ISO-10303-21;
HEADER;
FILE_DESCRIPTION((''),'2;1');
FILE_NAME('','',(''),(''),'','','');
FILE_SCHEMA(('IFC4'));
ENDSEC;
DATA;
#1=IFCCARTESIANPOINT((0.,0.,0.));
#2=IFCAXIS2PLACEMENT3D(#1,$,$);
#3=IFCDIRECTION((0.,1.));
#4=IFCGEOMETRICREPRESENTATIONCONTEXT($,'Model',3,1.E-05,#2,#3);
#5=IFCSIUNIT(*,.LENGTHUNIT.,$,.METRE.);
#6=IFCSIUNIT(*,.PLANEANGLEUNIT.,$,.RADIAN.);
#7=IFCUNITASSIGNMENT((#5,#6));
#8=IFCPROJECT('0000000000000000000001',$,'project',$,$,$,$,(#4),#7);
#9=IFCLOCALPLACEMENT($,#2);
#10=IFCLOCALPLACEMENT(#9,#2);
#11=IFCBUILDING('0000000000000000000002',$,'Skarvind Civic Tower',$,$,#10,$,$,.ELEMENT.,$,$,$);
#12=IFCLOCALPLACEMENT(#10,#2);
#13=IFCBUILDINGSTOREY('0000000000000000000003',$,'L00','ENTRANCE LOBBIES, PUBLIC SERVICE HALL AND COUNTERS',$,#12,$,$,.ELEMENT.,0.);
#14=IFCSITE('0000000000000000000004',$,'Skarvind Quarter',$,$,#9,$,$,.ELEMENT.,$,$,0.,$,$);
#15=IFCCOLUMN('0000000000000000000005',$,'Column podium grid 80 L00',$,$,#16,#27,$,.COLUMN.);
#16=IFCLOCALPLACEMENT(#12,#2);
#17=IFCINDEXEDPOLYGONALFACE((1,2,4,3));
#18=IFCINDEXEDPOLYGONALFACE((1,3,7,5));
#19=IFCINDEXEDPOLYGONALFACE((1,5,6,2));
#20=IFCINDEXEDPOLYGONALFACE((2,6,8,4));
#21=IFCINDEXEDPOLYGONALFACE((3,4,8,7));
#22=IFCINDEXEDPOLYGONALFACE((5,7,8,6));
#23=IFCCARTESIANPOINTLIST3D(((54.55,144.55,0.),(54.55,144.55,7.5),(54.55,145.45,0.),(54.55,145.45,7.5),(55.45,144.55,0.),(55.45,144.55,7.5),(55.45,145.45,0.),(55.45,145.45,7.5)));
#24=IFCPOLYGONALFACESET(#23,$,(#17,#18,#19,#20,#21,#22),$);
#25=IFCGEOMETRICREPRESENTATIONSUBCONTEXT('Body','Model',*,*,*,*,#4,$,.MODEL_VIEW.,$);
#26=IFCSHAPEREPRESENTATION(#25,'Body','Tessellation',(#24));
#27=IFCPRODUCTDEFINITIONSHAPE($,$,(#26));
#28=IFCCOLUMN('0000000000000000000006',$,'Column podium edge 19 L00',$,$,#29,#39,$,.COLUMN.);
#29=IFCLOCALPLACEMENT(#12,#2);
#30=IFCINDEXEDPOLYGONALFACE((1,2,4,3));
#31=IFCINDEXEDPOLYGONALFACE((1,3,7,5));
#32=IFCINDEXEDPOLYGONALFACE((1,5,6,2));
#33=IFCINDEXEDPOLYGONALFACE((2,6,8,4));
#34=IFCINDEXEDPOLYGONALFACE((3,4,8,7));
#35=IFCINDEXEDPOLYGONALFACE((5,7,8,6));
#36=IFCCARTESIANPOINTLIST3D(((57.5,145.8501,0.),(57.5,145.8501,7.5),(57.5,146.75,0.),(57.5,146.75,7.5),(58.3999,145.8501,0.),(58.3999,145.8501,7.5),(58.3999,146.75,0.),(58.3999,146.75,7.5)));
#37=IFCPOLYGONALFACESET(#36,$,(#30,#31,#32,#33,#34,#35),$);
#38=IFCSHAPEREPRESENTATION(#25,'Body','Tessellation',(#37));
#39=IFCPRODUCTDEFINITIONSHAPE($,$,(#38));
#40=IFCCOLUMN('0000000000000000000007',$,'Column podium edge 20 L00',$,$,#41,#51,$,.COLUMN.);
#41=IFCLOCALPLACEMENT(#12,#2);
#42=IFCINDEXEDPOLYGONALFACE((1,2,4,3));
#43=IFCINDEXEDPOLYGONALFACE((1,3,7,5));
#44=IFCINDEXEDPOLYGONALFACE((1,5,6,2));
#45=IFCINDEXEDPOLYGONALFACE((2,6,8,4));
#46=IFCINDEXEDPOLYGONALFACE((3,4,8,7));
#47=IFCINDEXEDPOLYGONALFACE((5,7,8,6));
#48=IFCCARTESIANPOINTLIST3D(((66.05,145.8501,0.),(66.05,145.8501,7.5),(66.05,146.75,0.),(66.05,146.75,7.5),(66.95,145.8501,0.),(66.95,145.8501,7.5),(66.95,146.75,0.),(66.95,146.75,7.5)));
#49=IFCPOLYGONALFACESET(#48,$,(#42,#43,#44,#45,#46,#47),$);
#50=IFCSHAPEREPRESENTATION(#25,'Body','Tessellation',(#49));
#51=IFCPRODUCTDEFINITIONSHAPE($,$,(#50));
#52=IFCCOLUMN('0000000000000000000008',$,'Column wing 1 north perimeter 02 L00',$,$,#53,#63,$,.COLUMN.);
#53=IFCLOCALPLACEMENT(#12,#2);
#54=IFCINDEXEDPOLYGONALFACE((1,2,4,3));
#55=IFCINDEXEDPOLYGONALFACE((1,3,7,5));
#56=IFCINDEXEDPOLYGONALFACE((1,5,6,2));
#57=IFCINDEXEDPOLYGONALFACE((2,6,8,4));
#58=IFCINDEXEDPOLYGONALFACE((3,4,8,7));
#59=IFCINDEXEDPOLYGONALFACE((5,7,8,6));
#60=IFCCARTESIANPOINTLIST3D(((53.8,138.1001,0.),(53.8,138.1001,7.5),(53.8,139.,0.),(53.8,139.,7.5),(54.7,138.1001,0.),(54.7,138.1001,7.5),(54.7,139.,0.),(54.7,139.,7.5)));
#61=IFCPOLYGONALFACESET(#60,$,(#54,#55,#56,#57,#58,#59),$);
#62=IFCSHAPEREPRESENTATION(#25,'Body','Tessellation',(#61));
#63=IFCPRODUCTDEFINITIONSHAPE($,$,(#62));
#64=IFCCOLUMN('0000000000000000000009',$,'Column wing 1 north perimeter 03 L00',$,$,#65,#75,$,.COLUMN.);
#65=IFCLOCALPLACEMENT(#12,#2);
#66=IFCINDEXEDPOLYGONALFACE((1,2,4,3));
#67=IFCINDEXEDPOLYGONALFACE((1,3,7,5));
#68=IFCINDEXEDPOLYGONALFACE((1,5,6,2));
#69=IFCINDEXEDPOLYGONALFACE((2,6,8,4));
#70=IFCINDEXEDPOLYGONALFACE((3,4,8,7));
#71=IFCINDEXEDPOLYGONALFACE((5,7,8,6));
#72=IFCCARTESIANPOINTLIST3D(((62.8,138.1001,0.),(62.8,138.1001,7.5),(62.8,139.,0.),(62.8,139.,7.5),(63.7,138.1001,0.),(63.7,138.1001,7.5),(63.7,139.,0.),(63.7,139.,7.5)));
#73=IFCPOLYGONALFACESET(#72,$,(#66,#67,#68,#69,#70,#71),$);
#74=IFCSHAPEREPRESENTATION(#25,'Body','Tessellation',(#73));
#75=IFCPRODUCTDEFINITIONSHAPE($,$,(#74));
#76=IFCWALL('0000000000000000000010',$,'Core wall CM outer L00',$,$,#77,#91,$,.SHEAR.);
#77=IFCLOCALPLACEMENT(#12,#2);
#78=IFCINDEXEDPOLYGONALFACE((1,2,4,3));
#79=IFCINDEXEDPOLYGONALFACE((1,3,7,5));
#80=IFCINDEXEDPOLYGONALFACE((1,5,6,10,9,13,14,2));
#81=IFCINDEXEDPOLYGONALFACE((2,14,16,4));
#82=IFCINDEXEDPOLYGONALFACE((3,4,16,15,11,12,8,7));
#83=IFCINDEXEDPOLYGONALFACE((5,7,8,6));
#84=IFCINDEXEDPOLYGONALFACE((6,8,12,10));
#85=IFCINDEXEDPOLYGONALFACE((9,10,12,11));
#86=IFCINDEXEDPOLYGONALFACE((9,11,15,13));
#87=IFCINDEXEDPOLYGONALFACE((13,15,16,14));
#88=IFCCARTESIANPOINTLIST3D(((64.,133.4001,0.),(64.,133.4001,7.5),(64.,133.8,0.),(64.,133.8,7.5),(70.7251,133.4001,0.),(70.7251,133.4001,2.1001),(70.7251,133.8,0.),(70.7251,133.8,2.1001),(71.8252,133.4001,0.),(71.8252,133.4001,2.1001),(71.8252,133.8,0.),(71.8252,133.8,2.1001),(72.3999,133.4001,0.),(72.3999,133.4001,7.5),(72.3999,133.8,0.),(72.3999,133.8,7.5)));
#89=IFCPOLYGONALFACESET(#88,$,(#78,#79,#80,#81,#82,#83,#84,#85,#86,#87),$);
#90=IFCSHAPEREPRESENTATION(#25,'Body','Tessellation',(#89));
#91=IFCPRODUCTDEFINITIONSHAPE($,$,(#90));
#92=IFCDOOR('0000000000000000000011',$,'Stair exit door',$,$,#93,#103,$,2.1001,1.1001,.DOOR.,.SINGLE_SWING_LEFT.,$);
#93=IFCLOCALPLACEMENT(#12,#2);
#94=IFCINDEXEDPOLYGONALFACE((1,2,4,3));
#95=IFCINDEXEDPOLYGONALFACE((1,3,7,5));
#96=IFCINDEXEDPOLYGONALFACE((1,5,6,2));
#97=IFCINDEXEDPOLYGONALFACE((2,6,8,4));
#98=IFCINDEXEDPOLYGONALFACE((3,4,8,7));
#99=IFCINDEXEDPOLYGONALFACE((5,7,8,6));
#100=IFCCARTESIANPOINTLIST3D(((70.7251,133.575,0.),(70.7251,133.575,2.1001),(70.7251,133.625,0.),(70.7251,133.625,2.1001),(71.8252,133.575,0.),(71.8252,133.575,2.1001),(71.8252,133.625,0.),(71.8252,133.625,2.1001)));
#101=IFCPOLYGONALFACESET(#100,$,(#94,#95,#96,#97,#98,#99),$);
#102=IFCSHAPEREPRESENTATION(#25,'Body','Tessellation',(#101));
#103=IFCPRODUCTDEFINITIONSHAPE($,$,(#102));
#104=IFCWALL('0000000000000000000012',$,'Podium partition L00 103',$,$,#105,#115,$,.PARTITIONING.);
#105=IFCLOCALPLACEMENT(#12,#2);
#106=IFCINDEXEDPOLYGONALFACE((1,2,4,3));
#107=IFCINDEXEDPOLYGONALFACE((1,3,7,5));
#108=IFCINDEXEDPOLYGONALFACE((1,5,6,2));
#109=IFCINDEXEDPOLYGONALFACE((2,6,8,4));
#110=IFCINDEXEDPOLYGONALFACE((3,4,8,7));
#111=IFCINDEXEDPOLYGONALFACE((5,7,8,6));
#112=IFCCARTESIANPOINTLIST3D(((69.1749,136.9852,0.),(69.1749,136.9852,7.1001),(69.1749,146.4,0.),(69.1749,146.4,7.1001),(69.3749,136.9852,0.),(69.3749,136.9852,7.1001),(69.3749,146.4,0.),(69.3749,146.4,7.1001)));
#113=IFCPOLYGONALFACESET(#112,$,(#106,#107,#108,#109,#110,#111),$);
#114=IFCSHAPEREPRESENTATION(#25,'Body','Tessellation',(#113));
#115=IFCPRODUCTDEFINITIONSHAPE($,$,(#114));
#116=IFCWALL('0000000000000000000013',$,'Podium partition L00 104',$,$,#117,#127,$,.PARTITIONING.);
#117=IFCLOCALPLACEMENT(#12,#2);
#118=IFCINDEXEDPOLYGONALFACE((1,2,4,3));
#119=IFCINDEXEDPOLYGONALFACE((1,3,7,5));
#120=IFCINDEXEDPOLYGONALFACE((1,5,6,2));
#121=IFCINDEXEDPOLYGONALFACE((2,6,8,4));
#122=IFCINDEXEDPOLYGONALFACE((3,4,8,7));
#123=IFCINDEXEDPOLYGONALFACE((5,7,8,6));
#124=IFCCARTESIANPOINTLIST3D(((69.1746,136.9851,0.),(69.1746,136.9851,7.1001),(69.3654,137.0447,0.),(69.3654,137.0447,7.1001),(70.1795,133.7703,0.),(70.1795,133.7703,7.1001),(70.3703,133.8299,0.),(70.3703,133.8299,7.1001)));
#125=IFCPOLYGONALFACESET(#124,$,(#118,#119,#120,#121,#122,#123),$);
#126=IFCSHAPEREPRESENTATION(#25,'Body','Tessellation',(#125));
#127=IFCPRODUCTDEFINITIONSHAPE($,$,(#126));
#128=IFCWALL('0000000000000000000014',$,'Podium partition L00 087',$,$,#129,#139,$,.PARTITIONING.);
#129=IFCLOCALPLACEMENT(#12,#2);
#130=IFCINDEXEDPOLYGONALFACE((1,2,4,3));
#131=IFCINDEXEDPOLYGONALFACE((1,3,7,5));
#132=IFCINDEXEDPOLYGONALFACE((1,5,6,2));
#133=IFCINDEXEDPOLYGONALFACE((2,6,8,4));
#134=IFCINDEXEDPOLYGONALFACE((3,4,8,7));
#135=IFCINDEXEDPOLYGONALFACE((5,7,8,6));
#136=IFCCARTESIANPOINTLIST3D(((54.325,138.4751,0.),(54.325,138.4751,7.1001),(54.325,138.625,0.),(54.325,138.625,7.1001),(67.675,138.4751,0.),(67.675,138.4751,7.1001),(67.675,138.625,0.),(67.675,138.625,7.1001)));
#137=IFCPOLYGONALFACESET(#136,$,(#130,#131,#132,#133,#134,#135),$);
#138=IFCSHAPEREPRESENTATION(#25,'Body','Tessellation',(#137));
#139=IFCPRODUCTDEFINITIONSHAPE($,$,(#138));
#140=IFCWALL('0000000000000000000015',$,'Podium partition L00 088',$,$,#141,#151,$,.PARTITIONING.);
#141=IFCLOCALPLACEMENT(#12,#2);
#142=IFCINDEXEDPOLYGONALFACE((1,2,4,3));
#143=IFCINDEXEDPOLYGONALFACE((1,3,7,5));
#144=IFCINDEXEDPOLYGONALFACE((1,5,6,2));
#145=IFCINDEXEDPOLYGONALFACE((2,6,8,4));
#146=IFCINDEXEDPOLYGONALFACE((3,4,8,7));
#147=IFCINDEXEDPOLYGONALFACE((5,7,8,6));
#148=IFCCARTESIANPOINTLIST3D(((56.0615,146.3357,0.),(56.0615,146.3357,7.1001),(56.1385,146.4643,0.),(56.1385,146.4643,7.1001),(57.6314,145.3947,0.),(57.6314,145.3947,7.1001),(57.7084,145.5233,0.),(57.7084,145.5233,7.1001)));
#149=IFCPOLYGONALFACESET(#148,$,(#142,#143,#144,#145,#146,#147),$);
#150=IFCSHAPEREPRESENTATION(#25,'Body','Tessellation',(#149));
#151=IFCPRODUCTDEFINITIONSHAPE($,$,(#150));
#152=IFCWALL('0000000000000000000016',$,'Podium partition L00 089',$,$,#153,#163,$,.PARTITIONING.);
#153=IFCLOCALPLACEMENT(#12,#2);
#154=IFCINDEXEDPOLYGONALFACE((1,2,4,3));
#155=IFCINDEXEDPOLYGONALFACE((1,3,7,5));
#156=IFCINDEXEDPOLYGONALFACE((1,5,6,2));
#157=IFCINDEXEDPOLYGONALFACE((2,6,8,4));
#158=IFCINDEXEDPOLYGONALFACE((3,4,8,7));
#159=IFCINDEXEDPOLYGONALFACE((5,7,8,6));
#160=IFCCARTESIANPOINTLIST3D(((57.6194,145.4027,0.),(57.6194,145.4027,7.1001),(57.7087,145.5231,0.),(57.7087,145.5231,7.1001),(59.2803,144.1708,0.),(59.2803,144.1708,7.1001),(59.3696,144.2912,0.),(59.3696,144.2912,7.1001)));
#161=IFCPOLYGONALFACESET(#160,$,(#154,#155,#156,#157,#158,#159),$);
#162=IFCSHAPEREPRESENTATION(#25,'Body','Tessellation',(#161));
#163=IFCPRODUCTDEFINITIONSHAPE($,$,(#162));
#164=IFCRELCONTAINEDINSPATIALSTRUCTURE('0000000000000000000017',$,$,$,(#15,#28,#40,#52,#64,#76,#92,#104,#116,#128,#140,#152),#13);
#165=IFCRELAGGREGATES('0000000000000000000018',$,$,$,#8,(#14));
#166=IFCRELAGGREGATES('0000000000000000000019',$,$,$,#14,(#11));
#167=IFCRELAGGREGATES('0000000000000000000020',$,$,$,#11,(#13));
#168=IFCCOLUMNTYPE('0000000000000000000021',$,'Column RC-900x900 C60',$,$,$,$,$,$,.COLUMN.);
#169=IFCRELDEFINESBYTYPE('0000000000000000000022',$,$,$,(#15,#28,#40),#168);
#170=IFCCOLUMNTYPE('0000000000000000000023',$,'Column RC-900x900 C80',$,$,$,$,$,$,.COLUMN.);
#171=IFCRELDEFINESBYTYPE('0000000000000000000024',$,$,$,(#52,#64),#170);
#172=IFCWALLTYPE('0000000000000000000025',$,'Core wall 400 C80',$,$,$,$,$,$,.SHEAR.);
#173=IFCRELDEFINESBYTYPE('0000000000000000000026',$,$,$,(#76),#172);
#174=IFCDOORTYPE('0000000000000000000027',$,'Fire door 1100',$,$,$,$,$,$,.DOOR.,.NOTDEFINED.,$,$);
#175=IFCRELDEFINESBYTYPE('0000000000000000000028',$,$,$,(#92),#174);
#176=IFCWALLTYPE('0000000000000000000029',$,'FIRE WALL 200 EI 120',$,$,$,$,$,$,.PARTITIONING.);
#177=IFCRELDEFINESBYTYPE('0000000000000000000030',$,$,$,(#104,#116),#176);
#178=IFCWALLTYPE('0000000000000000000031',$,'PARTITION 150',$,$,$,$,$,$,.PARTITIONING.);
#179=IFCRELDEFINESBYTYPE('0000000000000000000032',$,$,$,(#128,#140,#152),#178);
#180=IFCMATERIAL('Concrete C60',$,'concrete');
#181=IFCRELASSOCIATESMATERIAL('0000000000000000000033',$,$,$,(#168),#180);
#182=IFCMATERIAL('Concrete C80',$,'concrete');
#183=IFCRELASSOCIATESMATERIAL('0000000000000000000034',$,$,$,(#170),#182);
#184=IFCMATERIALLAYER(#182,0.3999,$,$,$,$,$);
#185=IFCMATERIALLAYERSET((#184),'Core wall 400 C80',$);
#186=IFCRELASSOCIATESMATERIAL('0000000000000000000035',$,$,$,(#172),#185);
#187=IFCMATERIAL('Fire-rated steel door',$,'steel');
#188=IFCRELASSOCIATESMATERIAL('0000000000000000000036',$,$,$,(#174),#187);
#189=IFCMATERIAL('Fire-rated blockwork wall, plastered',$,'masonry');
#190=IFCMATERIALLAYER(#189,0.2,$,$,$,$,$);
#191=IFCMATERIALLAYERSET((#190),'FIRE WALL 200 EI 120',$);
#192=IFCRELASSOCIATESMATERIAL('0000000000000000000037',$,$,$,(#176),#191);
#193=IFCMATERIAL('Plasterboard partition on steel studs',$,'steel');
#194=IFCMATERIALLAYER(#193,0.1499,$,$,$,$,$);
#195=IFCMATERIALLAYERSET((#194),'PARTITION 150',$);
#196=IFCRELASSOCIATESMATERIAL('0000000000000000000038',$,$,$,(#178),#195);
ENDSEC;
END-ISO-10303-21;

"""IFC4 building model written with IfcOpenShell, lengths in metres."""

from ifc_helpers import new_model, si_unit, direction, frame, frame_2d, origin, origin_2d, place, context, subcontext, project, spatial, rectangle, extrude, material, layer, layer_set, material_profile, profile_set, type_object, element, fill, save


model = new_model("IFC4")

# Units and contexts
model_context = context("Model", 3, precision=1e-05, world=origin(), true_north=direction((0.0, 1.0)))
body_context = subcontext(model_context, "Body", "Model", "MODEL_VIEW")
ifc_project = project(units=[si_unit("LENGTHUNIT", "METRE"), si_unit("PLANEANGLEUNIT", "RADIAN")], contexts=[model_context])

# Site, building, storey
site_placement = place(None, origin())
site = spatial("IfcSite", under=ifc_project, at=site_placement, Name="Skarvind Quarter", CompositionType="ELEMENT", RefElevation=0.0)
building_placement = place(site_placement, origin())
building = spatial("IfcBuilding", under=site, at=building_placement, Name="Skarvind Civic Tower", CompositionType="ELEMENT")
storey_placement = place(building_placement, origin())
storey = spatial("IfcBuildingStorey", under=building, at=storey_placement, Name="L00", Description="ENTRANCE LOBBIES, PUBLIC SERVICE HALL AND COUNTERS", CompositionType="ELEMENT", Elevation=0.0)

# Columns
ifc_material_1 = material(Name="Concrete C60", Category="concrete")
ifc_material_profile_1 = material_profile(ifc_material_1, rectangle(XDim=0.8999, YDim=0.8999, at=origin_2d()), Name="RC-900x900")
ifc_profile_set_1 = profile_set([ifc_material_profile_1], Name="Concrete C60")
column_type_1 = type_object("IfcColumnType", Name="Column RC-900x900 C60", PredefinedType="COLUMN", material=ifc_profile_set_1)
for number, where, z_axis, x_axis, name in (
    (1, (55.0, 145.0, 0.0), (0.0, 0.0, 1.0), (1.0, 0.0, 0.0), "Column podium grid 80 L00"),
    (2, (57.95, 146.3, 0.0), (0.0, 0.0, 1.0), (1.0, 0.0, 0.0), "Column podium edge 19 L00"),
    (3, (66.5, 146.3, 0.0), (0.0, 0.0, 1.0), (1.0, 0.0, 0.0), "Column podium edge 20 L00"),
):
    element("IfcColumn", number, at=place(storey_placement, frame(where, z_axis=z_axis, x_axis=x_axis)), inside=storey, type_object=column_type_1, Name=name, PredefinedType="COLUMN", context=body_context, shape_type="SweptSolid", body=[
        extrude(rectangle(XDim=0.8999, YDim=0.8999, at=origin_2d()), origin(), (0.0, 0.0, 1.0), 7.5),
    ])
ifc_material_2 = material(Name="Concrete C80", Category="concrete")
ifc_material_profile_2 = material_profile(ifc_material_2, rectangle(XDim=0.8999, YDim=0.8999, at=origin_2d()), Name="RC-900x900")
ifc_profile_set_2 = profile_set([ifc_material_profile_2], Name="Concrete C80")
column_type_2 = type_object("IfcColumnType", Name="Column RC-900x900 C80", PredefinedType="COLUMN", material=ifc_profile_set_2)
for number, where, z_axis, x_axis, name in (
    (4, (54.25, 138.55, 0.0), (0.0, 0.0, 1.0), (1.0, 0.0, 0.0), "Column wing 1 north perimeter 02 L00"),
    (5, (63.25, 138.55, 0.0), (0.0, 0.0, 1.0), (1.0, 0.0, 0.0), "Column wing 1 north perimeter 03 L00"),
):
    element("IfcColumn", number, at=place(storey_placement, frame(where, z_axis=z_axis, x_axis=x_axis)), inside=storey, type_object=column_type_2, Name=name, PredefinedType="COLUMN", context=body_context, shape_type="SweptSolid", body=[
        extrude(rectangle(XDim=0.8999, YDim=0.8999, at=origin_2d()), origin(), (0.0, 0.0, 1.0), 7.5),
    ])

# Wall, opening, door
ifc_layer_1 = layer(ifc_material_2, 0.3999)
ifc_layer_set_1 = layer_set([ifc_layer_1], Name="Core wall 400 C80")
wall_type_1 = type_object("IfcWallType", Name="Core wall 400 C80", PredefinedType="SHEAR", material=ifc_layer_set_1)
wall_1_placement = place(storey_placement, frame((64.0, 133.6001, 0.0), z_axis=(0.0, 0.0, 1.0), x_axis=(1.0, 0.0, 0.0)))
wall_1 = element("IfcWall", 6, at=wall_1_placement, inside=storey, type_object=wall_type_1, Name="Core wall CM outer L00", PredefinedType="SHEAR", context=body_context, shape_type="SweptSolid", body=[
    extrude(rectangle(XDim=8.3999, YDim=0.3999, at=frame_2d((4.2, 0.0))), origin(), (0.0, 0.0, 1.0), 7.5),
])
opening_1_placement = place(wall_1_placement, frame((6.7251, 0.0, 0.0)))
opening_1 = element("IfcOpeningElement", 7, at=opening_1_placement, cuts=wall_1, PredefinedType="OPENING", context=body_context, shape_type="SweptSolid", body=[
    extrude(rectangle(XDim=1.1001, YDim=2.1001, at=frame_2d((0.55, 1.05))), frame((0.0, 0.21, 0.0), z_axis=(0.0, -1.0, 0.0), x_axis=(1.0, 0.0, 0.0)), (0.0, 0.0, 1.0), 0.4199),
])
ifc_material_3 = material(Name="Fire-rated steel door", Category="steel")
door_type_1 = type_object("IfcDoorType", Name="Fire door 1100", OperationType="NOTDEFINED", PredefinedType="DOOR", material=ifc_material_3)
door_1_placement = place(opening_1_placement, origin())
door_1 = element("IfcDoor", 8, at=door_1_placement, inside=storey, type_object=door_type_1, Name="Stair exit door", OperationType="SINGLE_SWING_LEFT", OverallHeight=2.1001, OverallWidth=1.1001, PredefinedType="DOOR", context=body_context, shape_type="SweptSolid", body=[
    extrude(rectangle(XDim=1.1001, YDim=2.1001, at=frame_2d((0.55, 1.05))), frame((0.0, 0.0249, 0.0), z_axis=(0.0, -1.0, 0.0), x_axis=(1.0, 0.0, 0.0)), (0.0, 0.0, 1.0), 0.05),
])
fill(opening_1, door_1)

# Walls
ifc_material_4 = material(Name="Fire-rated blockwork wall, plastered", Category="masonry")
ifc_layer_2 = layer(ifc_material_4, 0.2)
ifc_layer_set_2 = layer_set([ifc_layer_2], Name="FIRE WALL 200 EI 120")
wall_type_2 = type_object("IfcWallType", Name="FIRE WALL 200 EI 120", PredefinedType="PARTITIONING", material=ifc_layer_set_2)
wall_2_placement = place(storey_placement, frame((69.2749, 136.9851, 0.0), z_axis=(0.0, 0.0, 1.0), x_axis=(0.0, 1.0, 0.0)))
element("IfcWall", 9, at=wall_2_placement, inside=storey, type_object=wall_type_2, Name="Podium partition L00 103", PredefinedType="PARTITIONING", context=body_context, shape_type="SweptSolid", body=[
    extrude(rectangle(XDim=9.4148, YDim=0.2, at=frame_2d((4.7075, 0.0))), origin(), (0.0, 0.0, 1.0), 7.1001),
])
wall_3_placement = place(storey_placement, frame((69.27, 137.0149, 0.0), z_axis=(0.0, 0.0, 1.0), x_axis=(0.298341, -0.954459, 0.0)))
element("IfcWall", 10, at=wall_3_placement, inside=storey, type_object=wall_type_2, Name="Podium partition L00 104", PredefinedType="PARTITIONING", context=body_context, shape_type="SweptSolid", body=[
    extrude(rectangle(XDim=3.3682, YDim=0.2, at=frame_2d((1.6841, 0.0))), origin(), (0.0, 0.0, 1.0), 7.1001),
])
ifc_material_5 = material(Name="Plasterboard partition on steel studs", Category="steel")
ifc_layer_3 = layer(ifc_material_5, 0.1499)
ifc_layer_set_3 = layer_set([ifc_layer_3], Name="PARTITION 150")
wall_type_3 = type_object("IfcWallType", Name="PARTITION 150", PredefinedType="PARTITIONING", material=ifc_layer_set_3)
wall_4_placement = place(storey_placement, frame((54.325, 138.55, 0.0), z_axis=(0.0, 0.0, 1.0), x_axis=(1.0, 0.0, 0.0)))
element("IfcWall", 11, at=wall_4_placement, inside=storey, type_object=wall_type_3, Name="Podium partition L00 087", PredefinedType="PARTITIONING", context=body_context, shape_type="SweptSolid", body=[
    extrude(rectangle(XDim=13.3501, YDim=0.1499, at=frame_2d((6.675, 0.0))), origin(), (0.0, 0.0, 1.0), 7.1001),
])
wall_5_placement = place(storey_placement, frame((56.1001, 146.3999, 0.0), z_axis=(0.0, 0.0, 1.0), x_axis=(0.857728, -0.514103, 0.0)))
element("IfcWall", 12, at=wall_5_placement, inside=storey, type_object=wall_type_3, Name="Podium partition L00 088", PredefinedType="PARTITIONING", context=body_context, shape_type="SweptSolid", body=[
    extrude(rectangle(XDim=1.8303, YDim=0.1499, at=frame_2d((0.915, 0.0))), origin(), (0.0, 0.0, 1.0), 7.1001),
])
wall_6_placement = place(storey_placement, frame((57.6641, 145.4629, 0.0), z_axis=(0.0, 0.0, 1.0), x_axis=(0.803176, -0.595741, 0.0)))
element("IfcWall", 13, at=wall_6_placement, inside=storey, type_object=wall_type_3, Name="Podium partition L00 089", PredefinedType="PARTITIONING", context=body_context, shape_type="SweptSolid", body=[
    extrude(rectangle(XDim=2.0679, YDim=0.1499, at=frame_2d((1.0339, 0.0))), origin(), (0.0, 0.0, 1.0), 7.1001),
])

save(model, "model.ifc")
